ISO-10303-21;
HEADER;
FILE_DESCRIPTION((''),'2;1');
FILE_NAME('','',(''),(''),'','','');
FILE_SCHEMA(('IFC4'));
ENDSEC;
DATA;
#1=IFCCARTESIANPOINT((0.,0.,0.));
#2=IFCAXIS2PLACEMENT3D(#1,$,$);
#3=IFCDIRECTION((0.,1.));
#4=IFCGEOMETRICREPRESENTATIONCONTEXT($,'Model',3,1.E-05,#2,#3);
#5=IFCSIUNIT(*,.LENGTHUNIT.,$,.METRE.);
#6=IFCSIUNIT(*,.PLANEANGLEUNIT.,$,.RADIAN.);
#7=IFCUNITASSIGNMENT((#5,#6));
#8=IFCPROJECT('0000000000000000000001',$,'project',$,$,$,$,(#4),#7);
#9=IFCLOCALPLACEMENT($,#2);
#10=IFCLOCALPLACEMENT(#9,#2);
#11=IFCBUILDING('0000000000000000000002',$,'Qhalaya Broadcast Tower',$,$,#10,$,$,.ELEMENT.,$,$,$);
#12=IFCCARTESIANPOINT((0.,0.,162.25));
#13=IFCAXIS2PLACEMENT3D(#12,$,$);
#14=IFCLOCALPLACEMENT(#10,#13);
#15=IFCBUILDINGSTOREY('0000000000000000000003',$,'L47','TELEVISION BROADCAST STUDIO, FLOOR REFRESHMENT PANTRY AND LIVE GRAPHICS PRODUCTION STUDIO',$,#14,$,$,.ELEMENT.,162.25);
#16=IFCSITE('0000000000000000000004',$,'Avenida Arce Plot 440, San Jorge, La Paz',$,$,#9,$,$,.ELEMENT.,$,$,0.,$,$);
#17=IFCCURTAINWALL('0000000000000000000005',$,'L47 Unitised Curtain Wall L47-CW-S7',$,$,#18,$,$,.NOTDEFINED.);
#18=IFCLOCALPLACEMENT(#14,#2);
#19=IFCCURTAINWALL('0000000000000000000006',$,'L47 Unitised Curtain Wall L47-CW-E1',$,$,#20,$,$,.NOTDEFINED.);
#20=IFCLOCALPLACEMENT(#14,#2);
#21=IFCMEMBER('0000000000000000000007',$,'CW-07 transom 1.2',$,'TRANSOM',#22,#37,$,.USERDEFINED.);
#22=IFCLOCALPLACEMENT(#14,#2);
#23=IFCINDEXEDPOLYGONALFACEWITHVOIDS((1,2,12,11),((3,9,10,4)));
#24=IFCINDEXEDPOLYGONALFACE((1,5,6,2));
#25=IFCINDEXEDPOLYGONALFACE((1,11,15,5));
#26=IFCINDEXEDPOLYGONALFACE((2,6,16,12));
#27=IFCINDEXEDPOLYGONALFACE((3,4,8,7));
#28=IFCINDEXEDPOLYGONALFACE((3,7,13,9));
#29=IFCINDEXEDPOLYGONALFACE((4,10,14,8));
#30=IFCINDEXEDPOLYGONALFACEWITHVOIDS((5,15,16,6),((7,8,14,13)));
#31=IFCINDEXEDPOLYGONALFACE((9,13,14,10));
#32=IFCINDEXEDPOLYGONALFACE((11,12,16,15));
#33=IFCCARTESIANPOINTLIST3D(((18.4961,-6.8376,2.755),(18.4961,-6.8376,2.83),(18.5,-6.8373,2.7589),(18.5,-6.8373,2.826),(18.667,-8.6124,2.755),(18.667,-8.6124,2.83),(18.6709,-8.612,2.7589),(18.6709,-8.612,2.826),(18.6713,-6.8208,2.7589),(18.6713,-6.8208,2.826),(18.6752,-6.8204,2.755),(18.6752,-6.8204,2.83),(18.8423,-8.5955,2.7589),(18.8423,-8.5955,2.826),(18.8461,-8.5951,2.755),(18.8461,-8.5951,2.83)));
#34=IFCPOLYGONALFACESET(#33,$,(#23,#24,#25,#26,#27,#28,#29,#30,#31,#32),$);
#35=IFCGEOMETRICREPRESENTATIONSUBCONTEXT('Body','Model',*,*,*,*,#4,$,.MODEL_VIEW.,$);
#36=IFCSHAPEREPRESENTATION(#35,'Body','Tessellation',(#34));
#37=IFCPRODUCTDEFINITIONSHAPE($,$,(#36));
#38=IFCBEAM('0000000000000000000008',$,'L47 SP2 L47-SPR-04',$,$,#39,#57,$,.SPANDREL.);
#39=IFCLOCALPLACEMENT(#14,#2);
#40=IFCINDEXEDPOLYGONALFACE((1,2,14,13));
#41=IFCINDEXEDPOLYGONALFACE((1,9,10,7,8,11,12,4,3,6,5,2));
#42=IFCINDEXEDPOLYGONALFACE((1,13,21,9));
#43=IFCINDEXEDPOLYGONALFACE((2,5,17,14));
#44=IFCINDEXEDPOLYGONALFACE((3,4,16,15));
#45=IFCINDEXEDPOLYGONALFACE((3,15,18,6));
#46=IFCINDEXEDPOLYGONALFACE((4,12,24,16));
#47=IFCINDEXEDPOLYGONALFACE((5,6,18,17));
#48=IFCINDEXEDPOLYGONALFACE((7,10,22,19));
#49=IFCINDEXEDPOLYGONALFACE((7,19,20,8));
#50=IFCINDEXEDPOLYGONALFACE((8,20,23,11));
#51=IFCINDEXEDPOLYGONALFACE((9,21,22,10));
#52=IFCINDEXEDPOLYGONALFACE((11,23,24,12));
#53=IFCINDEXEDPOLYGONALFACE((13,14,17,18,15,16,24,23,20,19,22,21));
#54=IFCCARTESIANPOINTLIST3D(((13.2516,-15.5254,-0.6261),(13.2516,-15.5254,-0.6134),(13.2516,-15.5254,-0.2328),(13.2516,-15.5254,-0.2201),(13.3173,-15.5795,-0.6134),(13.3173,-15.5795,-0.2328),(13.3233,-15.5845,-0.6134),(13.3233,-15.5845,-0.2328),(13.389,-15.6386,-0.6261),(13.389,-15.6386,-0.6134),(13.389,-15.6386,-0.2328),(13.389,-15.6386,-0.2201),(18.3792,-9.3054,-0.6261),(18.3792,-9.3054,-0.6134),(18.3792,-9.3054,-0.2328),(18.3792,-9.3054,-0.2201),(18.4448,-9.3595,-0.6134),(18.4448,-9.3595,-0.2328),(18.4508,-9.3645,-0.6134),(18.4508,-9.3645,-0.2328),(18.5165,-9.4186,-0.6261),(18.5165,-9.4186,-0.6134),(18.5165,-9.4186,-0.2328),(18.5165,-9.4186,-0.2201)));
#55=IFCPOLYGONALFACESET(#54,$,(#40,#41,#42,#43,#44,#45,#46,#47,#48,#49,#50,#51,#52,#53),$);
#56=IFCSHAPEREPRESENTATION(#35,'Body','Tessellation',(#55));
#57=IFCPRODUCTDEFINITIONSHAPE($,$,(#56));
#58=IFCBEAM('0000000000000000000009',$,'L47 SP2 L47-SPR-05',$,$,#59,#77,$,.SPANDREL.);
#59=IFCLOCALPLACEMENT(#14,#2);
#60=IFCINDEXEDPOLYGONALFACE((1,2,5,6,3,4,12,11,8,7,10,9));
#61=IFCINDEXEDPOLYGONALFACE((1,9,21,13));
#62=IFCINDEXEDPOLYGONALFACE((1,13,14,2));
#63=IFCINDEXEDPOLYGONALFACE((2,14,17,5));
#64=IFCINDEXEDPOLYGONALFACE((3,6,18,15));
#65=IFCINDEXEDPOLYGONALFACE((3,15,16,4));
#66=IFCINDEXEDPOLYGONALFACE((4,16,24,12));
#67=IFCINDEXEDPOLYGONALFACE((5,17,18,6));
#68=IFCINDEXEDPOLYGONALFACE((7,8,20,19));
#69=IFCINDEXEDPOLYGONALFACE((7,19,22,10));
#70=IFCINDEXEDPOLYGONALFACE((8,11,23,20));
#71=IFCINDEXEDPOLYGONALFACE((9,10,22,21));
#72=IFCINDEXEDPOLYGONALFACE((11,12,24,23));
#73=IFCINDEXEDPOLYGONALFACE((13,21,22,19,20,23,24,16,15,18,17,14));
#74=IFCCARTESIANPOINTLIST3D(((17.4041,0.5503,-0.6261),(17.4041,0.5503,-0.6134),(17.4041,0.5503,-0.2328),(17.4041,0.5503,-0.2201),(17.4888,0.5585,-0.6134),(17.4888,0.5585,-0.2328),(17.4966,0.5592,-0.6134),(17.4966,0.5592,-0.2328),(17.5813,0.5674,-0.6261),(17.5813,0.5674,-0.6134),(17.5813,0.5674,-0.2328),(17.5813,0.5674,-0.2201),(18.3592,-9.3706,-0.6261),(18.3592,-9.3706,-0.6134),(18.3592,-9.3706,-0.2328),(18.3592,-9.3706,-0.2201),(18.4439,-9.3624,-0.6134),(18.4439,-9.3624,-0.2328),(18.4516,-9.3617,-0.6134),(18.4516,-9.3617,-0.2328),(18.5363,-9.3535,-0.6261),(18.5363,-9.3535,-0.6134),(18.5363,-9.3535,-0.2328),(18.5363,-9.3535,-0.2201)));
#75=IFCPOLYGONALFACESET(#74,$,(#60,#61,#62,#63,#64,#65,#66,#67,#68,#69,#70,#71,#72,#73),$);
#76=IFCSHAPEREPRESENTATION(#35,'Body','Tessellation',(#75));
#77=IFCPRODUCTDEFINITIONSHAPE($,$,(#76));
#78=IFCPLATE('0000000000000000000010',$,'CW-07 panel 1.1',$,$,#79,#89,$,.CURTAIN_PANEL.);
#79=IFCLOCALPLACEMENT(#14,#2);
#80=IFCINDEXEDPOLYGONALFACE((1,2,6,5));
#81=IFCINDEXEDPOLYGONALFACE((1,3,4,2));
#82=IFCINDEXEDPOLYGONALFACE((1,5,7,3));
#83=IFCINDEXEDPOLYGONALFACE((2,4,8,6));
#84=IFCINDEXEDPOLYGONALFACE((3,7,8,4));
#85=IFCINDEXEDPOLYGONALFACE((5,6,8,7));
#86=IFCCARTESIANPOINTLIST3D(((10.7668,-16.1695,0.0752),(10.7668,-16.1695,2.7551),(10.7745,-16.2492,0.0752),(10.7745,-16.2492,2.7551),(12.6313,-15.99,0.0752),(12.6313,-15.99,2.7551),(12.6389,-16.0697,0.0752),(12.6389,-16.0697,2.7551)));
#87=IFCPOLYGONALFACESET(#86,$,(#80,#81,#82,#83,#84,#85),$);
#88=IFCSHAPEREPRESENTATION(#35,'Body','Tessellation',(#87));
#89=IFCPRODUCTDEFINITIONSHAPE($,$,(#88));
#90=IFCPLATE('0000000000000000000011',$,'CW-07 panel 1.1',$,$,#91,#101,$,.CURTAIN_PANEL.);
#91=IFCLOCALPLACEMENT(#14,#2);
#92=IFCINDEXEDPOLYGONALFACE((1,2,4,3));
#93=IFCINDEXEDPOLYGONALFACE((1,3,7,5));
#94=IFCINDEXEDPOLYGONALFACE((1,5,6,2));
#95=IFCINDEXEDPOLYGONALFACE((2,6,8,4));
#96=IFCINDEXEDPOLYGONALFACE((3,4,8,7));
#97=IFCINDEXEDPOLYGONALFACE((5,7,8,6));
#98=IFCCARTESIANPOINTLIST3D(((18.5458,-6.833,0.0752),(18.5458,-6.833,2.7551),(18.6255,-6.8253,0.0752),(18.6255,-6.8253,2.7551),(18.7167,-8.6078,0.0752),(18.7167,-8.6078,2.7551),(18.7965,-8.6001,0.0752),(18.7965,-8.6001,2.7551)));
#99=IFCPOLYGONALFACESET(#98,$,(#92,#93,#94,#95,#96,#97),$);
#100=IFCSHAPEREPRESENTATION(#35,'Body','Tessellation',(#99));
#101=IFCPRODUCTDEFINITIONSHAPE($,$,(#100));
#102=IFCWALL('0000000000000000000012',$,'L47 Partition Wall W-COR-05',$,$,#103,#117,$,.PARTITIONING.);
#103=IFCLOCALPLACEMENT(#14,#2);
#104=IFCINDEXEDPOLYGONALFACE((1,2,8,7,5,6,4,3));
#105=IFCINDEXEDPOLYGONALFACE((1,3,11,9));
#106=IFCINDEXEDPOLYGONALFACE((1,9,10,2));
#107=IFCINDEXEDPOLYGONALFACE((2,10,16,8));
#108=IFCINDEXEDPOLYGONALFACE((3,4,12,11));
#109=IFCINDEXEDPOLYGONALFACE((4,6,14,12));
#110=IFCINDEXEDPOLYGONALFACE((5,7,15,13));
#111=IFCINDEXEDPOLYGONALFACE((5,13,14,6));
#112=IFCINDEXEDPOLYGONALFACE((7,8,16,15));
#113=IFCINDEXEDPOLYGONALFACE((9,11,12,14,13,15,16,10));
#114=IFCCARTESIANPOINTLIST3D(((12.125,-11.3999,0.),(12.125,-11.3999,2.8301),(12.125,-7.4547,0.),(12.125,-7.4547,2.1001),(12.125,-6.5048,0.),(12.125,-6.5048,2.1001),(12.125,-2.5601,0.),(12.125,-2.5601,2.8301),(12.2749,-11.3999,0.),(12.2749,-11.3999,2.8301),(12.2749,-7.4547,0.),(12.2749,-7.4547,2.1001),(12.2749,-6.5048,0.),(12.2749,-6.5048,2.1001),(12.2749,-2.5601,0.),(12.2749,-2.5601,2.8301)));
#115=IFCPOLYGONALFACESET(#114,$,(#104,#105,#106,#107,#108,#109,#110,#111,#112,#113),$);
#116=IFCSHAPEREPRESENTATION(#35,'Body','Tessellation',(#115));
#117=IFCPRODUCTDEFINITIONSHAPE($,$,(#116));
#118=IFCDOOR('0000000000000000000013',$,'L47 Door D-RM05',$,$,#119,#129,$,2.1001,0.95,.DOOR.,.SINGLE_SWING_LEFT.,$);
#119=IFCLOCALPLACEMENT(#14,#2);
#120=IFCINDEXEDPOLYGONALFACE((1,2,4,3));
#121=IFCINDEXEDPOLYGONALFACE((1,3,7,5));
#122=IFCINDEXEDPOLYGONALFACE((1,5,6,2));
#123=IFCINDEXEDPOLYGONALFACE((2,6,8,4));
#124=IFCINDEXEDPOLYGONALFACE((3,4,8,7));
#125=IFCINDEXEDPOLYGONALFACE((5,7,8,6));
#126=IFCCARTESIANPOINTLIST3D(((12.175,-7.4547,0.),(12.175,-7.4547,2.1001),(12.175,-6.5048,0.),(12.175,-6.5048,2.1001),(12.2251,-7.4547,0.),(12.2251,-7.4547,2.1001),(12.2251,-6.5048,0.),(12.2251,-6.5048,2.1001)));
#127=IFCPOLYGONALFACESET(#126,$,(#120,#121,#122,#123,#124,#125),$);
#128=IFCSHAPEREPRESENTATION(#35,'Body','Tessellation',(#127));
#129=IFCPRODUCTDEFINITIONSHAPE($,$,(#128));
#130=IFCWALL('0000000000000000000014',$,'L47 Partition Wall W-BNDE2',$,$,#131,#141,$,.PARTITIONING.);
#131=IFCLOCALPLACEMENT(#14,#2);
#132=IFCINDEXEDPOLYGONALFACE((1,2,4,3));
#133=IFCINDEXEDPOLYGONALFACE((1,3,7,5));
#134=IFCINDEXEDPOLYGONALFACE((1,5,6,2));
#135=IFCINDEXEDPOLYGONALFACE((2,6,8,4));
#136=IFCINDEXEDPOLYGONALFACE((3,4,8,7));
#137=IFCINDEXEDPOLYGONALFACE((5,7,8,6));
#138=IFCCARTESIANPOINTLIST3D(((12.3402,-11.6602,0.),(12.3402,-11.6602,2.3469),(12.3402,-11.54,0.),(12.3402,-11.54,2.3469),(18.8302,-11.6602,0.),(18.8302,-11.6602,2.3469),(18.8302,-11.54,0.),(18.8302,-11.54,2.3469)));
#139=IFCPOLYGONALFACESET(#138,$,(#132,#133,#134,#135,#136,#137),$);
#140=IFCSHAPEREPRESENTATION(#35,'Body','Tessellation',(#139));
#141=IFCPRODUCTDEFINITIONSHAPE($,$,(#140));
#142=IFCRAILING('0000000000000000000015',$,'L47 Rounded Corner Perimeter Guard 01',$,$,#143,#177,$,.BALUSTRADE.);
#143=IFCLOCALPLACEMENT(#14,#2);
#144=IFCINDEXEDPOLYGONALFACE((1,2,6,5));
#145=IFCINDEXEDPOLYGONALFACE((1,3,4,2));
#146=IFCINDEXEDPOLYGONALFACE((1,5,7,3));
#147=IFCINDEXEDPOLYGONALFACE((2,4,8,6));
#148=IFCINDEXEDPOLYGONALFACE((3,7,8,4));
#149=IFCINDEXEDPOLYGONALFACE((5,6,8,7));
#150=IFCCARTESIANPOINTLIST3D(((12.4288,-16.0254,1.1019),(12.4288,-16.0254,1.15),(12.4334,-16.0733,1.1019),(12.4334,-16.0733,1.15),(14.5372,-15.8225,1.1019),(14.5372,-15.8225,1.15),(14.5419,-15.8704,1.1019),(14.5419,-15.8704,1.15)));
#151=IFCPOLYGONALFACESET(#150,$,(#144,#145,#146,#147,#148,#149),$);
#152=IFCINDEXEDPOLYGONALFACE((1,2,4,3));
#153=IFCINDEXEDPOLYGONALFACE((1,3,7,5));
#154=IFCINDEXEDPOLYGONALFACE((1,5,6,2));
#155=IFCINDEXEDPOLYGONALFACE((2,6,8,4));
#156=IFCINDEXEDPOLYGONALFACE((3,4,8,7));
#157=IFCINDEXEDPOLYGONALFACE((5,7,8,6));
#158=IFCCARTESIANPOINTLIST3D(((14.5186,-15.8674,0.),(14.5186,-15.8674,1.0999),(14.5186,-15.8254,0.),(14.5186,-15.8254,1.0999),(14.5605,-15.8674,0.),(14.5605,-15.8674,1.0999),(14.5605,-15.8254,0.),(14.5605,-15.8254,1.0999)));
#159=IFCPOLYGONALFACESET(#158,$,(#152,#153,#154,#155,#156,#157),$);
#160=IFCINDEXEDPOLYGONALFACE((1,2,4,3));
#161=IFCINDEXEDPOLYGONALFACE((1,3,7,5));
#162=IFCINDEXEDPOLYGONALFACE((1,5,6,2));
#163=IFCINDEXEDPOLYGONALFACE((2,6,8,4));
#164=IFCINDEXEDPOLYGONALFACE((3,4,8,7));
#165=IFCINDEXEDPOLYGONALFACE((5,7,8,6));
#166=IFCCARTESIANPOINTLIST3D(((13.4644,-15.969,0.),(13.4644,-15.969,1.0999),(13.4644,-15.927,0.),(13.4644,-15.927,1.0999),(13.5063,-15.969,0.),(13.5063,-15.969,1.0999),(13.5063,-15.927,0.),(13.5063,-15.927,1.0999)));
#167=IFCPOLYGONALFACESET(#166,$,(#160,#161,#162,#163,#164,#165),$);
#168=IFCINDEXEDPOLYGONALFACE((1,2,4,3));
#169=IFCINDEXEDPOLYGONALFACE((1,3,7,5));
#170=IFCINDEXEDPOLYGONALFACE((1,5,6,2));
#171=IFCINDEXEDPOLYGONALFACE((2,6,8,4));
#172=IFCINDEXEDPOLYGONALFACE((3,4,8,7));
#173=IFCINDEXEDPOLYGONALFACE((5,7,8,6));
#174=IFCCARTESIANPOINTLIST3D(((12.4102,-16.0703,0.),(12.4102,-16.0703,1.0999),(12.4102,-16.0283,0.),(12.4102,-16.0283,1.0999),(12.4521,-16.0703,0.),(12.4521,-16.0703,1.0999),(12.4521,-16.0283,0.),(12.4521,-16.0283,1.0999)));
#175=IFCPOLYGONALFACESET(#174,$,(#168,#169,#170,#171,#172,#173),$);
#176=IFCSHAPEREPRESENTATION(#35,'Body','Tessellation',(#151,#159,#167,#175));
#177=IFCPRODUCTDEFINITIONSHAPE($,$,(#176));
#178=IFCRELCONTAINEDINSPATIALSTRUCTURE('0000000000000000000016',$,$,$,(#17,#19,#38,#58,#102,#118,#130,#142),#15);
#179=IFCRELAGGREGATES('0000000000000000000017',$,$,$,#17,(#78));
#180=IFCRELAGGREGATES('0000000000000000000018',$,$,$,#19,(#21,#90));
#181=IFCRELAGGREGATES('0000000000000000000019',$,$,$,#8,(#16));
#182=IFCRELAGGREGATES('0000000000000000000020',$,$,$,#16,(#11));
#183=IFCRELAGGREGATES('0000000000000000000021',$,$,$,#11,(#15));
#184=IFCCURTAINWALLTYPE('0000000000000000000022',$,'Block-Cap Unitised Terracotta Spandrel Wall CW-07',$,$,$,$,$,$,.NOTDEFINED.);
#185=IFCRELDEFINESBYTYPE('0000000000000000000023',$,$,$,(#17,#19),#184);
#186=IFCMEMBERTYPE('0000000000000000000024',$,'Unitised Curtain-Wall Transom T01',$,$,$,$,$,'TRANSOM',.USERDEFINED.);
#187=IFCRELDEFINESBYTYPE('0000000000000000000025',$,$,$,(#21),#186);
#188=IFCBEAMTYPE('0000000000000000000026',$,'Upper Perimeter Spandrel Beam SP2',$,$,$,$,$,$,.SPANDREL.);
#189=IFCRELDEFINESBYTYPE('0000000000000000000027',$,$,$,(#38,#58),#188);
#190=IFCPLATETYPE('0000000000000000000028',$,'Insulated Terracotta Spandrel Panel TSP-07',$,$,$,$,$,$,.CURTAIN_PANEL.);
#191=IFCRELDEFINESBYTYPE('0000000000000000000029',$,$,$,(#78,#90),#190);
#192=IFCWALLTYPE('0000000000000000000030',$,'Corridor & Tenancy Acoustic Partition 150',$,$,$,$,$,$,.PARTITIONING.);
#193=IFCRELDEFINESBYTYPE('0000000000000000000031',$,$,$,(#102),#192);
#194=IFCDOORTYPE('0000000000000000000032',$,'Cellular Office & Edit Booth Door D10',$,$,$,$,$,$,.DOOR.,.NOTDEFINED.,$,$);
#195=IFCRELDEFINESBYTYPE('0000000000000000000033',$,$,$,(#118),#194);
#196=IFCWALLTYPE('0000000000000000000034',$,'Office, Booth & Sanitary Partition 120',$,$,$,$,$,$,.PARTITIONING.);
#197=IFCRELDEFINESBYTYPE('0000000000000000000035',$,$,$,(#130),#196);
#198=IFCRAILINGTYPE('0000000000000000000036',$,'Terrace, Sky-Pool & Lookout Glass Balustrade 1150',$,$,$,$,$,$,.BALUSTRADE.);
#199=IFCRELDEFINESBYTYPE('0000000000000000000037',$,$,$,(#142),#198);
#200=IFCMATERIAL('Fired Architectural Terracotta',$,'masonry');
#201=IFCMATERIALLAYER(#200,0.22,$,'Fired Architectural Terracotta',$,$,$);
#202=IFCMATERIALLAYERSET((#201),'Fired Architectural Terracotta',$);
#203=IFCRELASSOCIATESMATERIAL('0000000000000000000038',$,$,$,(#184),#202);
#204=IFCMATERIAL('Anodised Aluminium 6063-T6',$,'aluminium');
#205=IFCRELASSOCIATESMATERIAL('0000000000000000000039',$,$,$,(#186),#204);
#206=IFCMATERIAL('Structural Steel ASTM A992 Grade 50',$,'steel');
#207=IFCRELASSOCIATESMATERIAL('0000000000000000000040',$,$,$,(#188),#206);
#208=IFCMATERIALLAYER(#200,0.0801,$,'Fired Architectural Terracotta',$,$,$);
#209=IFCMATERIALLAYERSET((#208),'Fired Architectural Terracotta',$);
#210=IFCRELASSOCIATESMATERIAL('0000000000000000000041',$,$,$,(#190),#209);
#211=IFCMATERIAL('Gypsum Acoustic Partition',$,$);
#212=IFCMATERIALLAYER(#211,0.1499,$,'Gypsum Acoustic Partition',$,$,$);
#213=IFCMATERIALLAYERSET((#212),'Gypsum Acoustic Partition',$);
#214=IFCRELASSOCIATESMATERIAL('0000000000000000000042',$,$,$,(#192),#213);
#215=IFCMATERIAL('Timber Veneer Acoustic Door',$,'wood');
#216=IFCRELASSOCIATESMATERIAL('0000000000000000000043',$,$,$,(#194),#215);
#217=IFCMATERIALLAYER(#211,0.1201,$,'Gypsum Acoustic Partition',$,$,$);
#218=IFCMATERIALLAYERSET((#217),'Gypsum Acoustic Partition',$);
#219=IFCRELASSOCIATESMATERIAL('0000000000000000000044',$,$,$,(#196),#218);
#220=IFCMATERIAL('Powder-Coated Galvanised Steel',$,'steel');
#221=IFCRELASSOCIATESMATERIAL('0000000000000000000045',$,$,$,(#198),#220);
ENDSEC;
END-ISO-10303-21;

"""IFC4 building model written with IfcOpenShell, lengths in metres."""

from ifc_helpers import new_model, si_unit, direction, frame, frame_2d, origin, origin_2d, place, context, subcontext, project, spatial, rectangle, hollow_rectangle, i_section, extrude, material, layer, layer_set, material_profile, profile_set, type_object, element, fill, aggregate, save


model = new_model("IFC4")

# Units and contexts
model_context = context("Model", 3, precision=1e-05, world=origin(), true_north=direction((0.0, 1.0)))
body_context = subcontext(model_context, "Body", "Model", "MODEL_VIEW")
ifc_project = project(units=[si_unit("LENGTHUNIT", "METRE"), si_unit("PLANEANGLEUNIT", "RADIAN")], contexts=[model_context])

# Site, building, storey
site_placement = place(None, origin())
site = spatial("IfcSite", under=ifc_project, at=site_placement, Name="Avenida Arce Plot 440, San Jorge, La Paz", CompositionType="ELEMENT", RefElevation=0.0)
building_placement = place(site_placement, origin())
building = spatial("IfcBuilding", under=site, at=building_placement, Name="Qhalaya Broadcast Tower", CompositionType="ELEMENT")
storey_placement = place(building_placement, frame((0.0, 0.0, 162.25)))
storey = spatial("IfcBuildingStorey", under=building, at=storey_placement, Name="L47", Description="TELEVISION BROADCAST STUDIO, FLOOR REFRESHMENT PANTRY AND LIVE GRAPHICS PRODUCTION STUDIO", CompositionType="ELEMENT", Elevation=162.25)

# Shared definitions
ifc_material_1 = material(Name="Anodised Aluminium 6063-T6", Category="aluminium")

# Curtain walls
ifc_material_2 = material(Name="Fired Architectural Terracotta", Category="masonry")
ifc_layer_1 = layer(ifc_material_2, 0.22, Name="Fired Architectural Terracotta")
ifc_layer_set_1 = layer_set([ifc_layer_1], Name="Fired Architectural Terracotta")
curtain_wall_type_1 = type_object("IfcCurtainWallType", Name="Block-Cap Unitised Terracotta Spandrel Wall CW-07", PredefinedType="NOTDEFINED", material=ifc_layer_set_1)
curtain_wall_1_placement = place(storey_placement, origin())
curtain_wall_1 = element("IfcCurtainWall", 1, at=curtain_wall_1_placement, inside=storey, type_object=curtain_wall_type_1, Name="L47 Unitised Curtain Wall L47-CW-S7", PredefinedType="NOTDEFINED")
curtain_wall_2_placement = place(storey_placement, origin())
curtain_wall_2 = element("IfcCurtainWall", 2, at=curtain_wall_2_placement, inside=storey, type_object=curtain_wall_type_1, Name="L47 Unitised Curtain Wall L47-CW-E1", PredefinedType="NOTDEFINED")

# Member
ifc_material_profile_1 = material_profile(ifc_material_1, hollow_rectangle(XDim=0.075, YDim=0.1799, WallThickness=0.0039, at=origin_2d()), Name="ALU-TRN 75x180x4")
ifc_profile_set_1 = profile_set([ifc_material_profile_1], Name="Anodised Aluminium 6063-T6")
member_type_1 = type_object("IfcMemberType", Name="Unitised Curtain-Wall Transom T01", ElementType="TRANSOM", PredefinedType="USERDEFINED", material=ifc_profile_set_1)
member_1_placement = place(storey_placement, frame((18.7566, -8.6038, 2.7925), z_axis=(-0.095856, 0.995395, 0.0), x_axis=(0.0, 0.0, 1.0)))
member_1 = element("IfcMember", 3, at=member_1_placement, type_object=member_type_1, Name="CW-07 transom 1.2", ObjectType="TRANSOM", PredefinedType="USERDEFINED", context=body_context, shape_type="SweptSolid", body=[
    extrude(hollow_rectangle(XDim=0.075, YDim=0.1799, WallThickness=0.0039, at=origin_2d()), origin(), (0.0, 0.0, 1.0), 1.783),
])

# Beams
ifc_material_3 = material(Name="Structural Steel ASTM A992 Grade 50", Category="steel")
ifc_material_profile_2 = material_profile(ifc_material_3, i_section(OverallWidth=0.178, OverallDepth=0.406, WebThickness=0.0078, FlangeThickness=0.0127, at=origin_2d()), Name="W16X40")
ifc_profile_set_2 = profile_set([ifc_material_profile_2], Name="Structural Steel ASTM A992 Grade 50")
beam_type = type_object("IfcBeamType", Name="Upper Perimeter Spandrel Beam SP2", PredefinedType="SPANDREL", material=ifc_profile_set_2)
beam_1_placement = place(storey_placement, frame((13.3203, -15.582, -0.4231), z_axis=(0.636085, 0.771619, 0.0), x_axis=(-0.771619, 0.636085, 0.0)))
element("IfcBeam", 4, at=beam_1_placement, inside=storey, type_object=beam_type, Name="L47 SP2 L47-SPR-04", PredefinedType="SPANDREL", context=body_context, shape_type="SweptSolid", body=[
    extrude(i_section(OverallWidth=0.178, OverallDepth=0.406, WebThickness=0.0078, FlangeThickness=0.0127, at=origin_2d()), origin(), (0.0, 0.0, 1.0), 8.061),
])
beam_2_placement = place(storey_placement, frame((18.4478, -9.3621, -0.4231), z_axis=(-0.095826, 0.995398, 0.0), x_axis=(-0.995398, -0.095826, 0.0)))
element("IfcBeam", 5, at=beam_2_placement, inside=storey, type_object=beam_type, Name="L47 SP2 L47-SPR-05", PredefinedType="SPANDREL", context=body_context, shape_type="SweptSolid", body=[
    extrude(i_section(OverallWidth=0.178, OverallDepth=0.406, WebThickness=0.0078, FlangeThickness=0.0127, at=origin_2d()), origin(), (0.0, 0.0, 1.0), 9.9668),
])

# Plates
ifc_layer_2 = layer(ifc_material_2, 0.0801, Name="Fired Architectural Terracotta")
ifc_layer_set_2 = layer_set([ifc_layer_2], Name="Fired Architectural Terracotta")
plate_type = type_object("IfcPlateType", Name="Insulated Terracotta Spandrel Panel TSP-07", PredefinedType="CURTAIN_PANEL", material=ifc_layer_set_2)
plate_1_placement = place(storey_placement, frame((11.7029, -16.1196, 0.0752), z_axis=(0.0, 0.0, 1.0), x_axis=(0.995396, 0.095847, 0.0)))
plate_1 = element("IfcPlate", 6, at=plate_1_placement, type_object=plate_type, Name="CW-07 panel 1.1", PredefinedType="CURTAIN_PANEL", context=body_context, shape_type="SweptSolid", body=[
    extrude(rectangle(XDim=1.873, YDim=0.0801, at=origin_2d()), origin(), (0.0, 0.0, 1.0), 2.6799),
])
aggregate(curtain_wall_1, [plate_1])
plate_2_placement = place(storey_placement, frame((18.6711, -7.7166, 0.0752), z_axis=(0.0, 0.0, 1.0), x_axis=(-0.095861, 0.995395, 0.0)))
plate_2 = element("IfcPlate", 7, at=plate_2_placement, type_object=plate_type, Name="CW-07 panel 1.1", PredefinedType="CURTAIN_PANEL", context=body_context, shape_type="SweptSolid", body=[
    extrude(rectangle(XDim=1.783, YDim=0.0801, at=origin_2d()), origin(), (0.0, 0.0, 1.0), 2.6799),
])
aggregate(curtain_wall_2, [member_1, plate_2])

# Wall, opening, door
ifc_material_4 = material(Name="Gypsum Acoustic Partition")
ifc_layer_3 = layer(ifc_material_4, 0.1499, Name="Gypsum Acoustic Partition")
ifc_layer_set_3 = layer_set([ifc_layer_3], Name="Gypsum Acoustic Partition")
wall_type_1 = type_object("IfcWallType", Name="Corridor & Tenancy Acoustic Partition 150", PredefinedType="PARTITIONING", material=ifc_layer_set_3)
wall_1_placement = place(storey_placement, frame((12.2, -11.3999, 0.0), z_axis=(0.0, 0.0, 1.0), x_axis=(0.0, 1.0, 0.0)))
wall_1 = element("IfcWall", 8, at=wall_1_placement, inside=storey, type_object=wall_type_1, Name="L47 Partition Wall W-COR-05", PredefinedType="PARTITIONING", context=body_context, shape_type="SweptSolid", body=[
    extrude(rectangle(XDim=8.8398, YDim=0.1499, at=frame_2d((4.4199, 0.0))), origin(), (0.0, 0.0, 1.0), 2.8301),
])
opening_placement = place(wall_1_placement, frame((3.9451, 0.0, 0.0)))
opening = element("IfcOpeningElement", 9, at=opening_placement, cuts=wall_1, PredefinedType="OPENING", context=body_context, shape_type="SweptSolid", body=[
    extrude(rectangle(XDim=0.95, YDim=2.1001, at=frame_2d((0.4751, 1.05))), frame((0.0, 0.0869, 0.0), z_axis=(0.0, -1.0, 0.0), x_axis=(1.0, 0.0, 0.0)), (0.0, 0.0, 1.0), 0.1738),
])
ifc_material_5 = material(Name="Timber Veneer Acoustic Door", Category="wood")
door_type = type_object("IfcDoorType", Name="Cellular Office & Edit Booth Door D10", OperationType="NOTDEFINED", PredefinedType="DOOR", material=ifc_material_5)
door_placement = place(opening_placement, origin())
door = element("IfcDoor", 10, at=door_placement, inside=storey, type_object=door_type, Name="L47 Door D-RM05", OperationType="SINGLE_SWING_LEFT", OverallHeight=2.1001, OverallWidth=0.95, PredefinedType="DOOR", context=body_context, shape_type="SweptSolid", body=[
    extrude(rectangle(XDim=0.95, YDim=2.1001, at=frame_2d((0.4751, 1.05))), frame((0.0, 0.0249, 0.0), z_axis=(0.0, -1.0, 0.0), x_axis=(1.0, 0.0, 0.0)), (0.0, 0.0, 1.0), 0.05),
])
fill(opening, door)

# Wall
ifc_layer_4 = layer(ifc_material_4, 0.1201, Name="Gypsum Acoustic Partition")
ifc_layer_set_4 = layer_set([ifc_layer_4], Name="Gypsum Acoustic Partition")
wall_type_2 = type_object("IfcWallType", Name="Office, Booth & Sanitary Partition 120", PredefinedType="PARTITIONING", material=ifc_layer_set_4)
wall_2_placement = place(storey_placement, frame((12.3401, -11.6001, 0.0), z_axis=(0.0, 0.0, 1.0), x_axis=(1.0, 0.0, 0.0)))
element("IfcWall", 11, at=wall_2_placement, inside=storey, type_object=wall_type_2, Name="L47 Partition Wall W-BNDE2", PredefinedType="PARTITIONING", context=body_context, shape_type="SweptSolid", body=[
    extrude(rectangle(XDim=6.49, YDim=0.1201, at=frame_2d((3.2451, 0.0))), origin(), (0.0, 0.0, 1.0), 2.3469),
])

# Railing
ifc_material_6 = material(Name="Powder-Coated Galvanised Steel", Category="steel")
railing_type = type_object("IfcRailingType", Name="Terrace, Sky-Pool & Lookout Glass Balustrade 1150", PredefinedType="BALUSTRADE", material=ifc_material_6)
railing_1_placement = place(storey_placement, frame((14.5396, -15.8464, 0.0)))
element("IfcRailing", 12, at=railing_1_placement, inside=storey, type_object=railing_type, Name="L47 Rounded Corner Perimeter Guard 01", PredefinedType="BALUSTRADE", context=body_context, shape_type="SweptSolid", body=[
    extrude(rectangle(XDim=0.0481, YDim=0.0481, at=origin_2d()), frame((0.0, 0.0, 1.126), z_axis=(-0.995402, -0.095783, 0.0), x_axis=(0.095783, -0.995402, 0.0)), (0.0, 0.0, 1.0), 2.1182),
    extrude(rectangle(XDim=0.042, YDim=0.042, at=origin_2d()), origin(), (0.0, 0.0, 1.0), 1.0999),
    extrude(rectangle(XDim=0.042, YDim=0.042, at=origin_2d()), frame((-1.0542, -0.1016, 0.0)), (0.0, 0.0, 1.0), 1.0999),
    extrude(rectangle(XDim=0.042, YDim=0.042, at=origin_2d()), frame((-2.1084, -0.2029, 0.0)), (0.0, 0.0, 1.0), 1.0999),
])

save(model, "model.ifc")
